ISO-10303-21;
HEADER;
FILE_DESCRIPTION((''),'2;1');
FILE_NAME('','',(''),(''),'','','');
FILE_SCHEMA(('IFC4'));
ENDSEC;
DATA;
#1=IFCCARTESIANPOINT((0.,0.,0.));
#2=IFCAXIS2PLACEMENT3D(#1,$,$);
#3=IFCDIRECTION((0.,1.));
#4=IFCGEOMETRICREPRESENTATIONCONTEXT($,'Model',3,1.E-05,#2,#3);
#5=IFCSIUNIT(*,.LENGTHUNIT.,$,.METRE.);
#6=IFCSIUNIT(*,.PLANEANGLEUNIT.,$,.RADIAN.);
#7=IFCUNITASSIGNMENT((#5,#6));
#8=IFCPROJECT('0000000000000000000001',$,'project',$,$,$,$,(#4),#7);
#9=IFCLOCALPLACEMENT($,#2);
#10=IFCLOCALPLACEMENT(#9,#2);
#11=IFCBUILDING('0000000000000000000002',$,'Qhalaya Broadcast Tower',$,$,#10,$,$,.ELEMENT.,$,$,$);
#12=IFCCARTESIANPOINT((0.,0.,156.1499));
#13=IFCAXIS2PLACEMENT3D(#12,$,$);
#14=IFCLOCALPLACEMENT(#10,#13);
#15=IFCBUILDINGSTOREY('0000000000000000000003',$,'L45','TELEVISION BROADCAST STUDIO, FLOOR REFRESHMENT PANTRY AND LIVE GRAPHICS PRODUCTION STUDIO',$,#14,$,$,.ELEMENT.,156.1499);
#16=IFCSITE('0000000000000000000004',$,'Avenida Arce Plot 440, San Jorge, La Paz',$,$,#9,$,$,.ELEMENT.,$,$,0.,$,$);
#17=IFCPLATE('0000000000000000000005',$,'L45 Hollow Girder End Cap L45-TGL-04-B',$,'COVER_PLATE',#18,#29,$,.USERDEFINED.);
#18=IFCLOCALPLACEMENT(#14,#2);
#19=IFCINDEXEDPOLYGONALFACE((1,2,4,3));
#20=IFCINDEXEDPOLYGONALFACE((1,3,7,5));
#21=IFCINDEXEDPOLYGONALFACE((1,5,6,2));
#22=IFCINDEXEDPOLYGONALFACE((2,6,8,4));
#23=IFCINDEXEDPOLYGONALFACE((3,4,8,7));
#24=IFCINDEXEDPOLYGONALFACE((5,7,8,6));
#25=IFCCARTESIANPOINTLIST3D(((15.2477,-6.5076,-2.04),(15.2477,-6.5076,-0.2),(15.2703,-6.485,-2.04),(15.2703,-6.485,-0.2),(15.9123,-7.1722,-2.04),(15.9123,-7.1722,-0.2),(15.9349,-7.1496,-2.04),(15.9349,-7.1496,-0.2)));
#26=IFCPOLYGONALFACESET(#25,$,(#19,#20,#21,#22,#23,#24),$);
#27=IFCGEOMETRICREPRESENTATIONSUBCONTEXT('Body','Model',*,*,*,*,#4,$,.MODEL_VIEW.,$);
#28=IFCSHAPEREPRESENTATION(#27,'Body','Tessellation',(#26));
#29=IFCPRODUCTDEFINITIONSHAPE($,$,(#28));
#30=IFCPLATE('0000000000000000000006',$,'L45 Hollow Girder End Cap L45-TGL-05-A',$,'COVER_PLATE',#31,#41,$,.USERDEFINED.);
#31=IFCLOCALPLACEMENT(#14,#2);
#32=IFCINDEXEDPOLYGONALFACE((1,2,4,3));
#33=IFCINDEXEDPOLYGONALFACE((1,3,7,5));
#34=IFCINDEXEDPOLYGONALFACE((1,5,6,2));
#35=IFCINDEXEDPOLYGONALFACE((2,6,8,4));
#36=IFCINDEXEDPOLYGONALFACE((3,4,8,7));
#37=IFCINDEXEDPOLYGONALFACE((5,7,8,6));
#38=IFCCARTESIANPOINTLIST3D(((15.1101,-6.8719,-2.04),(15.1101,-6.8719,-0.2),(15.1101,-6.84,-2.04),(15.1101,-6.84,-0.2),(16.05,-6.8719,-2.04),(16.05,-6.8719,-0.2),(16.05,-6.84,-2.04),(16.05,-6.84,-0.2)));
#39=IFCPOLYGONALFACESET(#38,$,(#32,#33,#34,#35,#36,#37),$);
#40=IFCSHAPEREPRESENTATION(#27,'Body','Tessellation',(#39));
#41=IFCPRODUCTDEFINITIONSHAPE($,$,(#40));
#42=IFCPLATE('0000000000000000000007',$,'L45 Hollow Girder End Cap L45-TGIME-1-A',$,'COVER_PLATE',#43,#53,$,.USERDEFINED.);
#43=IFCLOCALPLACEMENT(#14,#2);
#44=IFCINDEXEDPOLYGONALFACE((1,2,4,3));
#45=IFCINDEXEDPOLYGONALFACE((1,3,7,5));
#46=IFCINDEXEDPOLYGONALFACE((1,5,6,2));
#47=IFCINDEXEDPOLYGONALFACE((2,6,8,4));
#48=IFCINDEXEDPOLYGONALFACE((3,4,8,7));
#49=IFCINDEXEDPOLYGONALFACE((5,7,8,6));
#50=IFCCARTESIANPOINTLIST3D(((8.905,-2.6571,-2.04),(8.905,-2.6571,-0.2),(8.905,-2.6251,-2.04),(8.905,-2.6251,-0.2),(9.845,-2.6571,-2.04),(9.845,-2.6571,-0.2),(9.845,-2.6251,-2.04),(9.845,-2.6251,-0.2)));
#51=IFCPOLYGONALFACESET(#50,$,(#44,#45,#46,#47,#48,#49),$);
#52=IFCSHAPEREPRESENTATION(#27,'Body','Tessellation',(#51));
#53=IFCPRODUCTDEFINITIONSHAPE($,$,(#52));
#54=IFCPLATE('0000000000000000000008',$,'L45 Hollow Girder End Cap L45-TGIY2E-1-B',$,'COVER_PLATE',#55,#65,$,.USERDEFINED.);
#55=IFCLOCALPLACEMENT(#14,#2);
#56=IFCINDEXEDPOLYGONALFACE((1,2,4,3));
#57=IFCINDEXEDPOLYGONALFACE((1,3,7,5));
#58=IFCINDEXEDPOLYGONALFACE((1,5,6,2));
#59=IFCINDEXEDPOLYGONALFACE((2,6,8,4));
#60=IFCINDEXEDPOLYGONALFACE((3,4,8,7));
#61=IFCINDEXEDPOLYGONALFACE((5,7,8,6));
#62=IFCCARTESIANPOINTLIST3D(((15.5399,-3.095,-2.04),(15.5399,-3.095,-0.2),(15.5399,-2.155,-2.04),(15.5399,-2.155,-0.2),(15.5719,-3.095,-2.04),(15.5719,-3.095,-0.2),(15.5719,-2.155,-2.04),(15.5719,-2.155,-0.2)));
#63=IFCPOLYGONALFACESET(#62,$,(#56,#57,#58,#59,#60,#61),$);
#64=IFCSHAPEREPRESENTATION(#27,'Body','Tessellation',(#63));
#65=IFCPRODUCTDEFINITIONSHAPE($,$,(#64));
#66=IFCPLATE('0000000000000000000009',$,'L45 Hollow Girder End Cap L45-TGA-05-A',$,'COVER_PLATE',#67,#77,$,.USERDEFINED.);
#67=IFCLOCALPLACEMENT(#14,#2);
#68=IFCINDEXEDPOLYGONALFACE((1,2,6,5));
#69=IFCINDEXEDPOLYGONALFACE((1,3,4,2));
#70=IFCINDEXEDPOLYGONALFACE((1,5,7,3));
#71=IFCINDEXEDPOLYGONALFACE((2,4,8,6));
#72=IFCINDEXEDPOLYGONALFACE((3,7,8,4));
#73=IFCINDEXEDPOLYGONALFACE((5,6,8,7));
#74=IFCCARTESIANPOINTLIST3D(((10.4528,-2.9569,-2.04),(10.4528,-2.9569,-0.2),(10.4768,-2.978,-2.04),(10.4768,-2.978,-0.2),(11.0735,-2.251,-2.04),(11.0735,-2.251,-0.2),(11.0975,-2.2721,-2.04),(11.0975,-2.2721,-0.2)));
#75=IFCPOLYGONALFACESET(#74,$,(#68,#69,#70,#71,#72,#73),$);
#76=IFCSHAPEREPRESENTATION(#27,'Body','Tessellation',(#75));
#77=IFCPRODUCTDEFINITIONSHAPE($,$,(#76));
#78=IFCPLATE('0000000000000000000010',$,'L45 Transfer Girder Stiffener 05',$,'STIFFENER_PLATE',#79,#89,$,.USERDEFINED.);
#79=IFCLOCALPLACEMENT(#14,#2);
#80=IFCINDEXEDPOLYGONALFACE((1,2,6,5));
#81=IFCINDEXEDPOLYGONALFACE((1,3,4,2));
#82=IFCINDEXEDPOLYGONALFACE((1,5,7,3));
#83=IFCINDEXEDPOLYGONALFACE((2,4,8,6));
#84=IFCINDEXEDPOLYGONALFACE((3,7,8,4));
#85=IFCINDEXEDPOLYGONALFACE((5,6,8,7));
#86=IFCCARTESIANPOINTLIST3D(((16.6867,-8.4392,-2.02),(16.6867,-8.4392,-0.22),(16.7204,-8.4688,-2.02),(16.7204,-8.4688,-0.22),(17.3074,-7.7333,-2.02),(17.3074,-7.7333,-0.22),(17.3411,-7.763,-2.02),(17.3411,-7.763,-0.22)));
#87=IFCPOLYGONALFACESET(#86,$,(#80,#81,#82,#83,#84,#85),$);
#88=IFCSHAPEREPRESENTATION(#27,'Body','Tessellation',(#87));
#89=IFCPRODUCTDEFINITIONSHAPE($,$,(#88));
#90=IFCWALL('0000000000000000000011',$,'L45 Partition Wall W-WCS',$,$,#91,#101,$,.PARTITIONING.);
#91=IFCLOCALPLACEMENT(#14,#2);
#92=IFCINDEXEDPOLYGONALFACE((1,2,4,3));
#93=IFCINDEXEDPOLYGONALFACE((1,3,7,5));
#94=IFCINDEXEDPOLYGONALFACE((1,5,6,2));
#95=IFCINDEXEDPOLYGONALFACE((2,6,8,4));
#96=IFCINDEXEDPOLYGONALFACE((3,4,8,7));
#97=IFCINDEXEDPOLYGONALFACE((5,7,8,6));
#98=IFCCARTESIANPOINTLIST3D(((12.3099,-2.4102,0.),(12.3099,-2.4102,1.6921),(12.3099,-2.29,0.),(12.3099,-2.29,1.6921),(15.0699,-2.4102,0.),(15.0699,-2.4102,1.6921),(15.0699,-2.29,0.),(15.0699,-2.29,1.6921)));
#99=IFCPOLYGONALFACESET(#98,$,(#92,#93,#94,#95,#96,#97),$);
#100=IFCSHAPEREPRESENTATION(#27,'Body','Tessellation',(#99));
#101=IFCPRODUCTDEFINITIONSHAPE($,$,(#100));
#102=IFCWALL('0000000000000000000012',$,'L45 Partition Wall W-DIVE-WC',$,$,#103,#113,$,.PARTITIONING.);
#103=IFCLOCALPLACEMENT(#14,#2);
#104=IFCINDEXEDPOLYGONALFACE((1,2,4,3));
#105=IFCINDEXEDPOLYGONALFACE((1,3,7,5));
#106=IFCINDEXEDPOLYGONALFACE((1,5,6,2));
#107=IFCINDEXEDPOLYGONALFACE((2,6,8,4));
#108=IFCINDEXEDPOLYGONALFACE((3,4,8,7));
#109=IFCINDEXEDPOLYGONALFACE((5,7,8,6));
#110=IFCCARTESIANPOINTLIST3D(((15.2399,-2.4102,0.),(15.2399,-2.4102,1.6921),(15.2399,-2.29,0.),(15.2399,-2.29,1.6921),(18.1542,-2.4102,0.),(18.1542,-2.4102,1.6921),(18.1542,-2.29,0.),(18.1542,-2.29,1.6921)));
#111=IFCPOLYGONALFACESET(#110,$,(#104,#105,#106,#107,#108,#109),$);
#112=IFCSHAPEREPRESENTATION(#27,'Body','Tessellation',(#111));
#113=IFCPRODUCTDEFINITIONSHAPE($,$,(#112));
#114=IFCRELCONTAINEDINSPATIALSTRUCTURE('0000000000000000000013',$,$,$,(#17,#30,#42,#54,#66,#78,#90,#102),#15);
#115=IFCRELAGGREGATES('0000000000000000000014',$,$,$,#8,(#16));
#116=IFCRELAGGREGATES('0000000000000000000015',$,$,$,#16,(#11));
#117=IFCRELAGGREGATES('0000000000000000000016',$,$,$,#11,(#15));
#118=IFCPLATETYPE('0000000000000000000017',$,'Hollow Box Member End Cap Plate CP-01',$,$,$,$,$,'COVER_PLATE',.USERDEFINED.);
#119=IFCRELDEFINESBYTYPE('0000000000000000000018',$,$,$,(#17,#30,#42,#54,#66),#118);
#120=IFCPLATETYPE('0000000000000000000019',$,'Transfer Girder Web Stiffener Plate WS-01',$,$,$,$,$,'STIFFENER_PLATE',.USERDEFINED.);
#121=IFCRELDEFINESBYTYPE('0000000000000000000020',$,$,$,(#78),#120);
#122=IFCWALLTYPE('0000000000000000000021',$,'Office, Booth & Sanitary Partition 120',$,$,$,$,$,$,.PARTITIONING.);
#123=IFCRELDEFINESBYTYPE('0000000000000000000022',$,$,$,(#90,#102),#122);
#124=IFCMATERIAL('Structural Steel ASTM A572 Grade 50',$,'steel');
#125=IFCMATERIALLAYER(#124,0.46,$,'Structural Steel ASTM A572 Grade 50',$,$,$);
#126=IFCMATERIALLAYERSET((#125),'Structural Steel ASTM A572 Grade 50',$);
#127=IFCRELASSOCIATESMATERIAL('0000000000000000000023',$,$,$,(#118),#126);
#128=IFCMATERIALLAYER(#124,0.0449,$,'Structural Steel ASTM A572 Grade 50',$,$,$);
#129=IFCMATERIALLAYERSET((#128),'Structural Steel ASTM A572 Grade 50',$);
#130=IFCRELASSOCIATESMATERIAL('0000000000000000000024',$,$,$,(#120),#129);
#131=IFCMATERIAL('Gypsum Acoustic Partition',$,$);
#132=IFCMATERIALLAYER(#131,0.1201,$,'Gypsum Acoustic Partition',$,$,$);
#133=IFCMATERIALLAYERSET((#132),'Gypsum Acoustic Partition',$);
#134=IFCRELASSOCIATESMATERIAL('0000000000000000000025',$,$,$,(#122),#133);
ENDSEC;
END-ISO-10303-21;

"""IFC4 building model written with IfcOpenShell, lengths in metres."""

from ifc_helpers import new_model, si_unit, direction, frame, frame_2d, origin, origin_2d, place, context, subcontext, project, spatial, rectangle, extrude, material, layer, layer_set, type_object, element, save


model = new_model("IFC4")

# Units and contexts
model_context = context("Model", 3, precision=1e-05, world=origin(), true_north=direction((0.0, 1.0)))
body_context = subcontext(model_context, "Body", "Model", "MODEL_VIEW")
ifc_project = project(units=[si_unit("LENGTHUNIT", "METRE"), si_unit("PLANEANGLEUNIT", "RADIAN")], contexts=[model_context])

# Site, building, storey
site_placement = place(None, origin())
site = spatial("IfcSite", under=ifc_project, at=site_placement, Name="Avenida Arce Plot 440, San Jorge, La Paz", CompositionType="ELEMENT", RefElevation=0.0)
building_placement = place(site_placement, origin())
building = spatial("IfcBuilding", under=site, at=building_placement, Name="Qhalaya Broadcast Tower", CompositionType="ELEMENT")
storey_placement = place(building_placement, frame((0.0, 0.0, 156.1499)))
storey = spatial("IfcBuildingStorey", under=building, at=storey_placement, Name="L45", Description="TELEVISION BROADCAST STUDIO, FLOOR REFRESHMENT PANTRY AND LIVE GRAPHICS PRODUCTION STUDIO", CompositionType="ELEMENT", Elevation=156.1499)

# Shared definitions
ifc_material_1 = material(Name="Structural Steel ASTM A572 Grade 50", Category="steel")

# Plates
ifc_layer_1 = layer(ifc_material_1, 0.46, Name="Structural Steel ASTM A572 Grade 50")
ifc_layer_set_1 = layer_set([ifc_layer_1], Name="Structural Steel ASTM A572 Grade 50")
plate_type_1 = type_object("IfcPlateType", Name="Hollow Box Member End Cap Plate CP-01", ElementType="COVER_PLATE", PredefinedType="USERDEFINED", material=ifc_layer_set_1)
for number, where, z_axis, x_axis, name in (
    (1, (15.5913, -6.8286, -2.04), (0.0, 0.0, 1.0), (-0.707107, 0.707107, 0.0), "L45 Hollow Girder End Cap L45-TGL-04-B"),
    (2, (15.5801, -6.856, -2.04), (0.0, 0.0, 1.0), (-1.0, 0.0, 0.0), "L45 Hollow Girder End Cap L45-TGL-05-A"),
    (3, (9.375, -2.6411, -2.04), (0.0, 0.0, 1.0), (-1.0, 0.0, 0.0), "L45 Hollow Girder End Cap L45-TGIME-1-A"),
    (4, (15.5559, -2.625, -2.04), (0.0, 0.0, 1.0), (0.0, 1.0, 0.0), "L45 Hollow Girder End Cap L45-TGIY2E-1-B"),
    (5, (10.7751, -2.6145, -2.04), (0.0, 0.0, 1.0), (0.660382, 0.75093, 0.0), "L45 Hollow Girder End Cap L45-TGA-05-A"),
):
    element("IfcPlate", number, at=place(storey_placement, frame(where, z_axis=z_axis, x_axis=x_axis)), inside=storey, type_object=plate_type_1, Name=name, ObjectType="COVER_PLATE", PredefinedType="USERDEFINED", context=body_context, shape_type="SweptSolid", body=[
        extrude(rectangle(XDim=0.9399, YDim=0.032, at=origin_2d()), origin(), (0.0, 0.0, 1.0), 1.8401),
    ])
ifc_layer_2 = layer(ifc_material_1, 0.0449, Name="Structural Steel ASTM A572 Grade 50")
ifc_layer_set_2 = layer_set([ifc_layer_2], Name="Structural Steel ASTM A572 Grade 50")
plate_type_2 = type_object("IfcPlateType", Name="Transfer Girder Web Stiffener Plate WS-01", ElementType="STIFFENER_PLATE", PredefinedType="USERDEFINED", material=ifc_layer_set_2)
plate_placement = place(storey_placement, frame((17.0139, -8.1011, -2.02), z_axis=(0.0, 0.0, 1.0), x_axis=(0.660382, 0.75093, 0.0)))
element("IfcPlate", 6, at=plate_placement, inside=storey, type_object=plate_type_2, Name="L45 Transfer Girder Stiffener 05", ObjectType="STIFFENER_PLATE", PredefinedType="USERDEFINED", context=body_context, shape_type="SweptSolid", body=[
    extrude(rectangle(XDim=0.9399, YDim=0.0449, at=origin_2d()), origin(), (0.0, 0.0, 1.0), 1.8),
])

# Walls
ifc_material_2 = material(Name="Gypsum Acoustic Partition")
ifc_layer_3 = layer(ifc_material_2, 0.1201, Name="Gypsum Acoustic Partition")
ifc_layer_set_3 = layer_set([ifc_layer_3], Name="Gypsum Acoustic Partition")
wall_type = type_object("IfcWallType", Name="Office, Booth & Sanitary Partition 120", PredefinedType="PARTITIONING", material=ifc_layer_set_3)
wall_1_placement = place(storey_placement, frame((12.3101, -2.3501, 0.0), z_axis=(0.0, 0.0, 1.0), x_axis=(1.0, 0.0, 0.0)))
element("IfcWall", 7, at=wall_1_placement, inside=storey, type_object=wall_type, Name="L45 Partition Wall W-WCS", PredefinedType="PARTITIONING", context=body_context, shape_type="SweptSolid", body=[
    extrude(rectangle(XDim=2.76, YDim=0.1201, at=frame_2d((1.3799, 0.0))), origin(), (0.0, 0.0, 1.0), 1.6921),
])
wall_2_placement = place(storey_placement, frame((15.24, -2.3501, 0.0), z_axis=(0.0, 0.0, 1.0), x_axis=(1.0, 0.0, 0.0)))
element("IfcWall", 8, at=wall_2_placement, inside=storey, type_object=wall_type, Name="L45 Partition Wall W-DIVE-WC", PredefinedType="PARTITIONING", context=body_context, shape_type="SweptSolid", body=[
    extrude(rectangle(XDim=2.9143, YDim=0.1201, at=frame_2d((1.457, 0.0))), origin(), (0.0, 0.0, 1.0), 1.6921),
])

save(model, "model.ifc")
